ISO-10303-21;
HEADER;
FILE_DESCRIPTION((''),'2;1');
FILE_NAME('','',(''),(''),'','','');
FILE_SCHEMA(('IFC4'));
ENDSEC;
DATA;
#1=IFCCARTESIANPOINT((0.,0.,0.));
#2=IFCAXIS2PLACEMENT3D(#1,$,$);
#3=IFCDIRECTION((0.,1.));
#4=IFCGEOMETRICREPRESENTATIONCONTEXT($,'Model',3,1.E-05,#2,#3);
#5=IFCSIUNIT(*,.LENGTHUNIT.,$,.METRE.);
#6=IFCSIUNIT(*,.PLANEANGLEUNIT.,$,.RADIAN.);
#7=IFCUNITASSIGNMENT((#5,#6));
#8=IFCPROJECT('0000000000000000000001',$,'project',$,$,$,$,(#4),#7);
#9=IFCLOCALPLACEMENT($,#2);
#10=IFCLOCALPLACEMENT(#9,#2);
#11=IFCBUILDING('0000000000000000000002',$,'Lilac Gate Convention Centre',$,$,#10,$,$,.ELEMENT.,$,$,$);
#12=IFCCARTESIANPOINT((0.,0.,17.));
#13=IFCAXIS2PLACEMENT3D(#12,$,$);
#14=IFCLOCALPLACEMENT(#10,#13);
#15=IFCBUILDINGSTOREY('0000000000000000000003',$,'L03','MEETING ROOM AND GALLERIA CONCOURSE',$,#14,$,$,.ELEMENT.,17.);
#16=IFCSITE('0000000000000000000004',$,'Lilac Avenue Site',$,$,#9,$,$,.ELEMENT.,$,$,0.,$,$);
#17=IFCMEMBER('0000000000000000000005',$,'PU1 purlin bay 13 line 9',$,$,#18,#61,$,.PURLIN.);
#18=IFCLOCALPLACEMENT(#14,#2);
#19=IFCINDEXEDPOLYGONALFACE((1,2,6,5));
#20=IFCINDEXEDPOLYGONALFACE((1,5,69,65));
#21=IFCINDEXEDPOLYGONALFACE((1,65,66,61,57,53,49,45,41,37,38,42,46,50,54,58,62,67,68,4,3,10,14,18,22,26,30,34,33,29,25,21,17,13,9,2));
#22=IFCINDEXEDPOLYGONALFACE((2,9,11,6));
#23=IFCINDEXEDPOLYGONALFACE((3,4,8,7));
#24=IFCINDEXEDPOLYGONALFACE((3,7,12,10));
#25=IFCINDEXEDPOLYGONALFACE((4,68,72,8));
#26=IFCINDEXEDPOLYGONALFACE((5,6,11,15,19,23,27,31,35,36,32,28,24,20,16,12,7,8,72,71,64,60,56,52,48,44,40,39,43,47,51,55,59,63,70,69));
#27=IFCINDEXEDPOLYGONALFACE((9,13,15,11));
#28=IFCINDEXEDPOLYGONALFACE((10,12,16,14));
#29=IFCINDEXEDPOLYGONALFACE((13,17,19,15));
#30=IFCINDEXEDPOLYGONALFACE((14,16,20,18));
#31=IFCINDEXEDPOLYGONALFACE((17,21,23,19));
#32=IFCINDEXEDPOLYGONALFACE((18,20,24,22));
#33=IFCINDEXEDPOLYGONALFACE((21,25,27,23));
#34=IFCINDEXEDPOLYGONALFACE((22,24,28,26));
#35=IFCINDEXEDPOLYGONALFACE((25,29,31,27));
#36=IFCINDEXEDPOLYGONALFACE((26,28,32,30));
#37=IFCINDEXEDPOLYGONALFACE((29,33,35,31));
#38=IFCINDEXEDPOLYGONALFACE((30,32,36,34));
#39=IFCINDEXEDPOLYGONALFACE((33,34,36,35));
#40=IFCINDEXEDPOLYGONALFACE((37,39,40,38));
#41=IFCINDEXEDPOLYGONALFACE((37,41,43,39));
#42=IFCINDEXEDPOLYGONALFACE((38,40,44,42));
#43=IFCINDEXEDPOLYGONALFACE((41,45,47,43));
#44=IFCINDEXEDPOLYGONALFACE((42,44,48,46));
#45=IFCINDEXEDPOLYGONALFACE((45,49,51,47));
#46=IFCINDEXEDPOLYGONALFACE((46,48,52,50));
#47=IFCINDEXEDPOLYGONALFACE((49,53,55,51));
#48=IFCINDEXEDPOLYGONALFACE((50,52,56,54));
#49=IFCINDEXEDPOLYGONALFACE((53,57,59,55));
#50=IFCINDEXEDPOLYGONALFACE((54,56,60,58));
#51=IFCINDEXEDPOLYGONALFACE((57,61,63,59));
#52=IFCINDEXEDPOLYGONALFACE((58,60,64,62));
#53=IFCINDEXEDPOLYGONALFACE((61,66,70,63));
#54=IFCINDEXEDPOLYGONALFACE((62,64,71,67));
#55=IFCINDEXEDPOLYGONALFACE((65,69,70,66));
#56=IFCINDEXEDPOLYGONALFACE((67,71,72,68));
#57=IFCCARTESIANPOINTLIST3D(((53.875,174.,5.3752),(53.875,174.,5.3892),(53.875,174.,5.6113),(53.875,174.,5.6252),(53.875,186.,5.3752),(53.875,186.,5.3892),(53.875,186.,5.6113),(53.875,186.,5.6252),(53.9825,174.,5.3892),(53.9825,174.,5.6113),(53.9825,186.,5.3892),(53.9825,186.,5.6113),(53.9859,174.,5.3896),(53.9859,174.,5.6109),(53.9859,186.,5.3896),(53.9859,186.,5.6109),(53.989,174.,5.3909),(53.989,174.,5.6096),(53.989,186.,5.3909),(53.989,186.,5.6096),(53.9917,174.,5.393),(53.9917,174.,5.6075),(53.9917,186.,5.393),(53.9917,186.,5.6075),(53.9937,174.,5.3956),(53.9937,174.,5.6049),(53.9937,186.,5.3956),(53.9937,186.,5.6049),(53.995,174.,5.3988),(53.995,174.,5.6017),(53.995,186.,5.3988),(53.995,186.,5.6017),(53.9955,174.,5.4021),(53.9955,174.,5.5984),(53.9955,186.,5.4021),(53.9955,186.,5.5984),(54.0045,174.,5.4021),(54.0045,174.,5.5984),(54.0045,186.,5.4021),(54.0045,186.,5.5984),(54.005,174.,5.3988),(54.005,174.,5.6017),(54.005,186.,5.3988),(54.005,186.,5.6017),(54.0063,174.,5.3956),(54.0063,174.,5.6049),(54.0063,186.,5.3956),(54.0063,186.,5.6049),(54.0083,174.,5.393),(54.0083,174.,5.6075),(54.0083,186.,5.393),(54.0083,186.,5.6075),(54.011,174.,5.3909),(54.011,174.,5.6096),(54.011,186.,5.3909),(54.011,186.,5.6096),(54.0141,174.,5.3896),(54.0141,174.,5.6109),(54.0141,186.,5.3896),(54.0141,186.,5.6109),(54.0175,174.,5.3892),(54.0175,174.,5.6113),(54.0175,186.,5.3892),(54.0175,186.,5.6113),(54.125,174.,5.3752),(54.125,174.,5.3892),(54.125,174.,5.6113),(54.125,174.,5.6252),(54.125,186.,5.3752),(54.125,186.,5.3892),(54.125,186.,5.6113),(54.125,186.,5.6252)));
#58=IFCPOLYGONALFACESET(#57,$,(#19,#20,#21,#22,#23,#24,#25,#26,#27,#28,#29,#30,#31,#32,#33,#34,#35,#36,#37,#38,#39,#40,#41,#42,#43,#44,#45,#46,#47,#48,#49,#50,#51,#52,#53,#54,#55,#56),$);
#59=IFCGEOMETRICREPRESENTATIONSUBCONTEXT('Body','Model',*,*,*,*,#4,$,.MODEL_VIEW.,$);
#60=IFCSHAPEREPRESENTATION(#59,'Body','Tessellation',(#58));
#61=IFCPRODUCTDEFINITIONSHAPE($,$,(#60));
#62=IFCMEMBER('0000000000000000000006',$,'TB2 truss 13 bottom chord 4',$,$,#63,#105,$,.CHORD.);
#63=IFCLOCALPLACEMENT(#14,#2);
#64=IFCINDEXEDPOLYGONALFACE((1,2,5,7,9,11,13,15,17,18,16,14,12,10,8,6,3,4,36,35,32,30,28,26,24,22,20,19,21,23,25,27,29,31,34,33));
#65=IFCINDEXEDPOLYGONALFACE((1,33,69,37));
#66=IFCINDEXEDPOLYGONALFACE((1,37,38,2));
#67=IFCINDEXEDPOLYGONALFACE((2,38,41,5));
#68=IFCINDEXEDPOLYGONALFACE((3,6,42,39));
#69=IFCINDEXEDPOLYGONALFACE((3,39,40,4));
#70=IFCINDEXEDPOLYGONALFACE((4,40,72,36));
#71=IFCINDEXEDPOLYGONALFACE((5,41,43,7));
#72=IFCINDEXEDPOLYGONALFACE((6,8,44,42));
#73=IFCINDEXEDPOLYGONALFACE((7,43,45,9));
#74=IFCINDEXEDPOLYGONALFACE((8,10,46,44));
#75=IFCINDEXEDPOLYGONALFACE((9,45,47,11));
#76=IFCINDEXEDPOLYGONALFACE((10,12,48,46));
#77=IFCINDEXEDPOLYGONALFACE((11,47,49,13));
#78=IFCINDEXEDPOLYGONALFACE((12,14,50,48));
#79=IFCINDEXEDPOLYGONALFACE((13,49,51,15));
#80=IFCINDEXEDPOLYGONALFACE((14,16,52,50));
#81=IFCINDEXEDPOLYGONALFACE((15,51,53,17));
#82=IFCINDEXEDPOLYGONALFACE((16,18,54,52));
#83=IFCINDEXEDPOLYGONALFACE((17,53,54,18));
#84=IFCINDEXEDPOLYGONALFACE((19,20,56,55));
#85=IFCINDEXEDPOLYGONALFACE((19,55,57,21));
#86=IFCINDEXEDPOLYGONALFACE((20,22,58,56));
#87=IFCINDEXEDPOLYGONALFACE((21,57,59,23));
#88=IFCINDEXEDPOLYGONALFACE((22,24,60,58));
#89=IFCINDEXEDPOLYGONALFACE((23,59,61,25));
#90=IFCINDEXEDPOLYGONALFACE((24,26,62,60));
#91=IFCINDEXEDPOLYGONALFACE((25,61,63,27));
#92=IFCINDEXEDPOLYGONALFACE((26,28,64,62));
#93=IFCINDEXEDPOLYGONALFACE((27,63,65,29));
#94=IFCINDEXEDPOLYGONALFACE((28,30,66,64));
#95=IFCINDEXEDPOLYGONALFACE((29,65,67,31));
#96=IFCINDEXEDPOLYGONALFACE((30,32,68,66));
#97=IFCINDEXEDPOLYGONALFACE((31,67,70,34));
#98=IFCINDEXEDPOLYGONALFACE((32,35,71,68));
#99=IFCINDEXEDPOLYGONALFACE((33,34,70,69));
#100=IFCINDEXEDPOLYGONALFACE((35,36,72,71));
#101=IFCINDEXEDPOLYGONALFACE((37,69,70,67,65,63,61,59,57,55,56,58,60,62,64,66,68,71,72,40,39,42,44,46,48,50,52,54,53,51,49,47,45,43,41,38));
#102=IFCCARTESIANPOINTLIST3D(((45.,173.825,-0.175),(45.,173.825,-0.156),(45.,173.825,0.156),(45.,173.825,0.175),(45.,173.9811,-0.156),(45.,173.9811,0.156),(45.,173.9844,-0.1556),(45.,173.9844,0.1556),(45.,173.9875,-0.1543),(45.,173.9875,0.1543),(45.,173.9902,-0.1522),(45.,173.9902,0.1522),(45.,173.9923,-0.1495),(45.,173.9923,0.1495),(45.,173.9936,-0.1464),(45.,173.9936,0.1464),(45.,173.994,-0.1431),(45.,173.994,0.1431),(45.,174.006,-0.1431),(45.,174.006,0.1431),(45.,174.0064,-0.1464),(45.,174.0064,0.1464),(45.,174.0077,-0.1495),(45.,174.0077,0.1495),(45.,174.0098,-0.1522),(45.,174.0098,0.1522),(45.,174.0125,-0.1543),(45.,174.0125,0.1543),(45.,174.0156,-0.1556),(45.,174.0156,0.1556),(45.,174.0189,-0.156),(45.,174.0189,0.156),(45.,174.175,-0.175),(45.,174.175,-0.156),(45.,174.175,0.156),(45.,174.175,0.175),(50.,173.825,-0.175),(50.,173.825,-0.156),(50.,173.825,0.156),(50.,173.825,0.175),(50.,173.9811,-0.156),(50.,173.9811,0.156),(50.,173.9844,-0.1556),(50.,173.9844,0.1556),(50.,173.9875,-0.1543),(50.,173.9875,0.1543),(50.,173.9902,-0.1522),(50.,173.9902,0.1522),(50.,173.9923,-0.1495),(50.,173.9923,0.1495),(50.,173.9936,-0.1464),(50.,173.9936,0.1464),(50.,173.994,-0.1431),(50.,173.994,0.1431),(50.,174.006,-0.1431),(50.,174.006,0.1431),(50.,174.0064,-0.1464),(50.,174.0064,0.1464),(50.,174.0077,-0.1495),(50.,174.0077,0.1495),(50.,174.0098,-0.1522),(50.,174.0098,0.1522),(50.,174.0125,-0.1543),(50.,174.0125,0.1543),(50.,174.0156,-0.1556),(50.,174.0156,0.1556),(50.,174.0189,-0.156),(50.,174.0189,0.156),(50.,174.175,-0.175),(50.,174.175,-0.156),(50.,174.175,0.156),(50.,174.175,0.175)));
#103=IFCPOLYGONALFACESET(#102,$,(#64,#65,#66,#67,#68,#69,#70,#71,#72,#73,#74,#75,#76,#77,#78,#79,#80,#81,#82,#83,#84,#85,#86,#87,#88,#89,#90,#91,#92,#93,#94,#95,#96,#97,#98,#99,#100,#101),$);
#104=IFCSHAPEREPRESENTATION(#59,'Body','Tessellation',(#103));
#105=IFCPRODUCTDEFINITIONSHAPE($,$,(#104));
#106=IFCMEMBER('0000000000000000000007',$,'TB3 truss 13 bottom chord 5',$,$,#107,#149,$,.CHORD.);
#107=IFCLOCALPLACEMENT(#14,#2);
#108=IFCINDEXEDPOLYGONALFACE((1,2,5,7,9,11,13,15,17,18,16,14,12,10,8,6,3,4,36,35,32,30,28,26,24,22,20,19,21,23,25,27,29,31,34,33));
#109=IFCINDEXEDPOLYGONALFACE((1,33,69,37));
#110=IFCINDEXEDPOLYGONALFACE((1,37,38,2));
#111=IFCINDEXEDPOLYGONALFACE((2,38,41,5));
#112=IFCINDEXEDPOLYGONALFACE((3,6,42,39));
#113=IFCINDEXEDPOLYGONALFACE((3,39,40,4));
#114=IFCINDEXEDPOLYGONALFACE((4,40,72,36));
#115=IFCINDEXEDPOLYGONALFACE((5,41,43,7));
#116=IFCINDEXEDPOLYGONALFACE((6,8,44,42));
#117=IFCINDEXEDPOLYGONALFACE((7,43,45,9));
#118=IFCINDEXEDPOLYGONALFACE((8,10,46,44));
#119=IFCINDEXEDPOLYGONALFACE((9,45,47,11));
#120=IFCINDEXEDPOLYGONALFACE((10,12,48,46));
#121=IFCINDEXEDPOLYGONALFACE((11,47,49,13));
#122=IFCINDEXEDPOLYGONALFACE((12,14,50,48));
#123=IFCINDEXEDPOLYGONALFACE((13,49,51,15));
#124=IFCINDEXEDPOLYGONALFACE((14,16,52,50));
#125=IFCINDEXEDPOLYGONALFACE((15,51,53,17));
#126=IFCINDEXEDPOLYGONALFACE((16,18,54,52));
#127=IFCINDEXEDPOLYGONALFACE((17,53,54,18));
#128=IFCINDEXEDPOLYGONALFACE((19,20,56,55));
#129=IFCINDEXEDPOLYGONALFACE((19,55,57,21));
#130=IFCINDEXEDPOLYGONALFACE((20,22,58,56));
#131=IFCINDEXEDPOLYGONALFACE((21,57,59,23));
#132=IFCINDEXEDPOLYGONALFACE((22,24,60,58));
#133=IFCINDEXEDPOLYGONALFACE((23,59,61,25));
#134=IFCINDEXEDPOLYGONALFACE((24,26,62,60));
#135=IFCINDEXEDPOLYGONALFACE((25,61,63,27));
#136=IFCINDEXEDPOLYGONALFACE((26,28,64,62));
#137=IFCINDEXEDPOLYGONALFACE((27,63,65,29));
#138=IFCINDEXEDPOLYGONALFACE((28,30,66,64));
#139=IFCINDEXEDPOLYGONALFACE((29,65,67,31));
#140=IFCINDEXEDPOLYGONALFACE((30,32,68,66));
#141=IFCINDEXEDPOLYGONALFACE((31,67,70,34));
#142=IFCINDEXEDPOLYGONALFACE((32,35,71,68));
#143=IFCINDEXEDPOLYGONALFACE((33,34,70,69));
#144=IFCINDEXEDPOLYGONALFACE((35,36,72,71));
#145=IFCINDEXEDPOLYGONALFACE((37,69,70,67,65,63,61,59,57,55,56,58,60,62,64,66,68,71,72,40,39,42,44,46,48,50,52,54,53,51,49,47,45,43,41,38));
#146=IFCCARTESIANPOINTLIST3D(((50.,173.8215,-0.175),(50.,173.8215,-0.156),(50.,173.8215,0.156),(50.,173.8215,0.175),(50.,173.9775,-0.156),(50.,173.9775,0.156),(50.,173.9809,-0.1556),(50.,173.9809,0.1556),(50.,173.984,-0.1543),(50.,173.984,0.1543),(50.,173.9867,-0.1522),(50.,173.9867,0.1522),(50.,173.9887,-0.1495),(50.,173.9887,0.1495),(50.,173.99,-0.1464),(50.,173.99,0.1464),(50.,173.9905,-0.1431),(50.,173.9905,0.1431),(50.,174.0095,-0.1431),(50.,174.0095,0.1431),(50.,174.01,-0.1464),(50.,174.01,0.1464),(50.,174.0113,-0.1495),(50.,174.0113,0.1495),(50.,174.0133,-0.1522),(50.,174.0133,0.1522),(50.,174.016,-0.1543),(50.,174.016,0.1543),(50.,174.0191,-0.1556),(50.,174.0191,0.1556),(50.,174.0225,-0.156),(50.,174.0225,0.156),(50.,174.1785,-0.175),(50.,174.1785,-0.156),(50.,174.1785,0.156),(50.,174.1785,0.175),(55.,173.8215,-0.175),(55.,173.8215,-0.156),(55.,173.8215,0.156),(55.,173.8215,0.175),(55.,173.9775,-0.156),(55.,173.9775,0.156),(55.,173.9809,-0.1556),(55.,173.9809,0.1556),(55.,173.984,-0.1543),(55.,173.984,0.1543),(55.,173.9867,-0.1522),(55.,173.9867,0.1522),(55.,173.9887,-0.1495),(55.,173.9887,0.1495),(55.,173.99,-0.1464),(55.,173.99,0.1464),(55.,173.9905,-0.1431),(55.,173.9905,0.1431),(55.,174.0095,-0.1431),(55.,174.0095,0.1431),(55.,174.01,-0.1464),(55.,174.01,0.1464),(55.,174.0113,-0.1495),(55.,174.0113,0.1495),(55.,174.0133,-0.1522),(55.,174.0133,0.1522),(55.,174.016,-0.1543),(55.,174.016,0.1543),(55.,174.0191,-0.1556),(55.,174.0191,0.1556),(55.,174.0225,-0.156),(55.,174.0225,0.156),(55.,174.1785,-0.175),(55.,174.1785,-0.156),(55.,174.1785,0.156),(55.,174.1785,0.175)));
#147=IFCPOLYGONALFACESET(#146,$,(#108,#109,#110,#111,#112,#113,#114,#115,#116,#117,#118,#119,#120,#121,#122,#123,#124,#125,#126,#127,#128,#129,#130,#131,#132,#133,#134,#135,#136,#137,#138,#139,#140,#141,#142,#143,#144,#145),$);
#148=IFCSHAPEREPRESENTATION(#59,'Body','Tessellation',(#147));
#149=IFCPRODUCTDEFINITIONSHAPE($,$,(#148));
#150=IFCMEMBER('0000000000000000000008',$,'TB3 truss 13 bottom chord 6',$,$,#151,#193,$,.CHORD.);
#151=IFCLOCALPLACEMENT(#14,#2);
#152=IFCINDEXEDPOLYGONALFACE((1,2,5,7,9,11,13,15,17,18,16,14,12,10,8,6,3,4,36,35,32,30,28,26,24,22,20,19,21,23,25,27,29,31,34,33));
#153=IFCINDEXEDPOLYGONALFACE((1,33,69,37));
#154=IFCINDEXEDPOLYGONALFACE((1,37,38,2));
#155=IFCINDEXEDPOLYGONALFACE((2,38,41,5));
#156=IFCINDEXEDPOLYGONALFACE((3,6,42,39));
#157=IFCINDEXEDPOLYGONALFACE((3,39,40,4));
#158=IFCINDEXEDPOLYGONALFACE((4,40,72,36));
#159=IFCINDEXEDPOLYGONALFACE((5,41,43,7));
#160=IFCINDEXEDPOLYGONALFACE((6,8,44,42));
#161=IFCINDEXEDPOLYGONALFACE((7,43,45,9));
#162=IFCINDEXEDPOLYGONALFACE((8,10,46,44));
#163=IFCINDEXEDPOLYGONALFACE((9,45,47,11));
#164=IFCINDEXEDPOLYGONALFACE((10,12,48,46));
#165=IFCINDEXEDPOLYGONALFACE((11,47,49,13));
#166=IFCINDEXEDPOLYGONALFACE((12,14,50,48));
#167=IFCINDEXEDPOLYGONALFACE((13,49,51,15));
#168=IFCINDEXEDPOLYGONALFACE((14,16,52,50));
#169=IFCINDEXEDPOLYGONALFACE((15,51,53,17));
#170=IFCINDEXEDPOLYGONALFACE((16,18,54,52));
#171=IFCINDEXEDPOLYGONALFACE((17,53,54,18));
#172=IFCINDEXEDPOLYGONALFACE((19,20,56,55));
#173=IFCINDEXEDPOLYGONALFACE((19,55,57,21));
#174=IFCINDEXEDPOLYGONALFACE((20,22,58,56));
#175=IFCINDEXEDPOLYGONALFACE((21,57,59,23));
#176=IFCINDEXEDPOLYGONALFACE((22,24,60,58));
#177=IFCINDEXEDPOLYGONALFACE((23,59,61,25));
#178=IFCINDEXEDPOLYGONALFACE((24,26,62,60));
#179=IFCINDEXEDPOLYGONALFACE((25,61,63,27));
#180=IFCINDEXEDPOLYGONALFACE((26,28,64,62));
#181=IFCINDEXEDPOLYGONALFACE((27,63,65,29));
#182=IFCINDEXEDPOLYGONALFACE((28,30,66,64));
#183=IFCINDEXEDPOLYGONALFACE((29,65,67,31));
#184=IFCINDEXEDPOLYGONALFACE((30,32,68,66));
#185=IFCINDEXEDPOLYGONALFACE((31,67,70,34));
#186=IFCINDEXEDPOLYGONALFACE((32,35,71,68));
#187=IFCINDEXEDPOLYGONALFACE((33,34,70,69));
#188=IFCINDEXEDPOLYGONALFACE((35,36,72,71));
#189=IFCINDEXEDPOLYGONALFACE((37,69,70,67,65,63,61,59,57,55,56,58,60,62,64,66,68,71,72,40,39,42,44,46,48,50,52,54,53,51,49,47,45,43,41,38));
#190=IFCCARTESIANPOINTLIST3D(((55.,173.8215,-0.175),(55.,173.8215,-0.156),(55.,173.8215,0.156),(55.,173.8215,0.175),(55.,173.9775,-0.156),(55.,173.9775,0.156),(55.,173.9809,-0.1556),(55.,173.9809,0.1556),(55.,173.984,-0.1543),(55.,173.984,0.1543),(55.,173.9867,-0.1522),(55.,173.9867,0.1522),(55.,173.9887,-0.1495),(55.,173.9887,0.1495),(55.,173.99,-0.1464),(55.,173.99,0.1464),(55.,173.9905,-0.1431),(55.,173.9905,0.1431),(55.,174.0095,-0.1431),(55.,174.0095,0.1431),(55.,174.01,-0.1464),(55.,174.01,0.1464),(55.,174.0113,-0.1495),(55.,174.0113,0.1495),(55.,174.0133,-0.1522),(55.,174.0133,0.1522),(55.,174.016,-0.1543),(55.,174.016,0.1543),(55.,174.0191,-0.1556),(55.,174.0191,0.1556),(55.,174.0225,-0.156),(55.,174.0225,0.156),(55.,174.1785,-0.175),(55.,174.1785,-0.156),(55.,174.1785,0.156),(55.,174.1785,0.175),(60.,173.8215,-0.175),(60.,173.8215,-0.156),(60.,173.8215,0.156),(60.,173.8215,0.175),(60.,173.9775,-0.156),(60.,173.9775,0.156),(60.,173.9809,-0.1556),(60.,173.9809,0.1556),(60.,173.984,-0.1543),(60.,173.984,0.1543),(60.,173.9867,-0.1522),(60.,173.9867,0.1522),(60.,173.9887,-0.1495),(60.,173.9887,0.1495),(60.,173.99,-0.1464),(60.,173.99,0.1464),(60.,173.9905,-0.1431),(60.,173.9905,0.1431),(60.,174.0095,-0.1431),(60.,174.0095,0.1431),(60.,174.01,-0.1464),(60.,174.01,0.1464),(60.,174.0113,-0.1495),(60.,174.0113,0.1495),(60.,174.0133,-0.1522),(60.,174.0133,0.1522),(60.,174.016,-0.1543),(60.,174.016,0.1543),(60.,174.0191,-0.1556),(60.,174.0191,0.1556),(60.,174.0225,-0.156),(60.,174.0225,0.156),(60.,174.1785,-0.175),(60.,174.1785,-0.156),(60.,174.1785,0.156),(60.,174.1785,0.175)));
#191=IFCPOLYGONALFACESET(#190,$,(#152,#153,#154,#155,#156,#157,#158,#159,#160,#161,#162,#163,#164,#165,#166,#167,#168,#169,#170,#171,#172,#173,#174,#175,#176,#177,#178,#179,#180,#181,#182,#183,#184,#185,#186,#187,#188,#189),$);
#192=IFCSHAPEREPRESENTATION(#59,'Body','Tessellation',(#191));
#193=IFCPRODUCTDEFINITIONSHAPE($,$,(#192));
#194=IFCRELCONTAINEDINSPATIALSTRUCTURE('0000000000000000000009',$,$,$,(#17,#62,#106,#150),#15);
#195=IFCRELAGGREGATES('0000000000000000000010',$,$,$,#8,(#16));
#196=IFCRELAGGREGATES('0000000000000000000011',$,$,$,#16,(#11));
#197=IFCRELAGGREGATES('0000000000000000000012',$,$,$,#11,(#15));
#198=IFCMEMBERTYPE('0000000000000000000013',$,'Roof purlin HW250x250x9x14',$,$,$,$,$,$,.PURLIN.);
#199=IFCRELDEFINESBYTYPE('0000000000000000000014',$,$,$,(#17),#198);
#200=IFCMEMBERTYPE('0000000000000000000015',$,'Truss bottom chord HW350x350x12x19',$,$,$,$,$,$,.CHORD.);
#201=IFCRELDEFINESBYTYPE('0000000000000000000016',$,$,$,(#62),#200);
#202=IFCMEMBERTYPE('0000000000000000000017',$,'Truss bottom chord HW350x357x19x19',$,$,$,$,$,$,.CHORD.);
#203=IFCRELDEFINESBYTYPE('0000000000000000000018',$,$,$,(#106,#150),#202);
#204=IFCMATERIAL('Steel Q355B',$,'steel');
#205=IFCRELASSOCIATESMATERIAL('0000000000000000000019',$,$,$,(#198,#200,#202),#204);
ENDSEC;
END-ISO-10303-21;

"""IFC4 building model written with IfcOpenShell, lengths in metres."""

from ifc_helpers import new_model, si_unit, direction, frame, origin, origin_2d, place, context, subcontext, project, spatial, i_section, extrude, material, material_profile, profile_set, type_object, element, save


model = new_model("IFC4")

# Units and contexts
model_context = context("Model", 3, precision=1e-05, world=origin(), true_north=direction((0.0, 1.0)))
body_context = subcontext(model_context, "Body", "Model", "MODEL_VIEW")
ifc_project = project(units=[si_unit("LENGTHUNIT", "METRE"), si_unit("PLANEANGLEUNIT", "RADIAN")], contexts=[model_context])

# Site, building, storey
site_placement = place(None, origin())
site = spatial("IfcSite", under=ifc_project, at=site_placement, Name="Lilac Avenue Site", CompositionType="ELEMENT", RefElevation=0.0)
building_placement = place(site_placement, origin())
building = spatial("IfcBuilding", under=site, at=building_placement, Name="Lilac Gate Convention Centre", CompositionType="ELEMENT")
storey_placement = place(building_placement, frame((0.0, 0.0, 17.0)))
storey = spatial("IfcBuildingStorey", under=building, at=storey_placement, Name="L03", Description="MEETING ROOM AND GALLERIA CONCOURSE", CompositionType="ELEMENT", Elevation=17.0)

# Members
ifc_material = material(Name="Steel Q355B", Category="steel")
ifc_material_profile_1 = material_profile(ifc_material, i_section(OverallWidth=0.25, OverallDepth=0.25, WebThickness=0.009, FlangeThickness=0.0139, FilletRadius=0.0129, at=origin_2d()), Name="HW250x250x9x14")
ifc_profile_set_1 = profile_set([ifc_material_profile_1], Name="Steel Q355B")
member_type_1 = type_object("IfcMemberType", Name="Roof purlin HW250x250x9x14", PredefinedType="PURLIN", material=ifc_profile_set_1)
for number, where, z_axis, x_axis, name in (
    (1, (54.0, 174.0, 5.5002), (0.0, 1.0, 0.0), (-1.0, 0.0, 0.0), "PU1 purlin bay 13 line 9"),
):
    element("IfcMember", number, at=place(storey_placement, frame(where, z_axis=z_axis, x_axis=x_axis)), inside=storey, type_object=member_type_1, Name=name, PredefinedType="PURLIN", context=body_context, shape_type="SweptSolid", body=[
        extrude(i_section(OverallWidth=0.25, OverallDepth=0.25, WebThickness=0.009, FlangeThickness=0.0139, FilletRadius=0.0129, at=origin_2d()), origin(), (0.0, 0.0, 1.0), 12.0),
    ])
ifc_material_profile_2 = material_profile(ifc_material, i_section(OverallWidth=0.3501, OverallDepth=0.3501, WebThickness=0.012, FlangeThickness=0.019, FilletRadius=0.0129, at=origin_2d()), Name="HW350x350x12x19")
ifc_profile_set_2 = profile_set([ifc_material_profile_2], Name="Steel Q355B")
member_type_2 = type_object("IfcMemberType", Name="Truss bottom chord HW350x350x12x19", PredefinedType="CHORD", material=ifc_profile_set_2)
member_1_placement = place(storey_placement, frame((45.0, 174.0, 0.0), z_axis=(1.0, 0.0, 0.0), x_axis=(0.0, 1.0, 0.0)))
element("IfcMember", 2, at=member_1_placement, inside=storey, type_object=member_type_2, Name="TB2 truss 13 bottom chord 4", PredefinedType="CHORD", context=body_context, shape_type="SweptSolid", body=[
    extrude(i_section(OverallWidth=0.3501, OverallDepth=0.3501, WebThickness=0.012, FlangeThickness=0.019, FilletRadius=0.0129, at=origin_2d()), origin(), (0.0, 0.0, 1.0), 5.0),
])
ifc_material_profile_3 = material_profile(ifc_material, i_section(OverallWidth=0.3569, OverallDepth=0.3501, WebThickness=0.019, FlangeThickness=0.019, FilletRadius=0.0129, at=origin_2d()), Name="HW350x357x19x19")
ifc_profile_set_3 = profile_set([ifc_material_profile_3], Name="Steel Q355B")
member_type_3 = type_object("IfcMemberType", Name="Truss bottom chord HW350x357x19x19", PredefinedType="CHORD", material=ifc_profile_set_3)
for number, where, z_axis, x_axis, name in (
    (3, (50.0, 174.0, 0.0), (1.0, 0.0, 0.0), (0.0, 1.0, 0.0), "TB3 truss 13 bottom chord 5"),
    (4, (55.0, 174.0, 0.0), (1.0, 0.0, 0.0), (0.0, 1.0, 0.0), "TB3 truss 13 bottom chord 6"),
):
    element("IfcMember", number, at=place(storey_placement, frame(where, z_axis=z_axis, x_axis=x_axis)), inside=storey, type_object=member_type_3, Name=name, PredefinedType="CHORD", context=body_context, shape_type="SweptSolid", body=[
        extrude(i_section(OverallWidth=0.3569, OverallDepth=0.3501, WebThickness=0.019, FlangeThickness=0.019, FilletRadius=0.0129, at=origin_2d()), origin(), (0.0, 0.0, 1.0), 5.0),
    ])

save(model, "model.ifc")
